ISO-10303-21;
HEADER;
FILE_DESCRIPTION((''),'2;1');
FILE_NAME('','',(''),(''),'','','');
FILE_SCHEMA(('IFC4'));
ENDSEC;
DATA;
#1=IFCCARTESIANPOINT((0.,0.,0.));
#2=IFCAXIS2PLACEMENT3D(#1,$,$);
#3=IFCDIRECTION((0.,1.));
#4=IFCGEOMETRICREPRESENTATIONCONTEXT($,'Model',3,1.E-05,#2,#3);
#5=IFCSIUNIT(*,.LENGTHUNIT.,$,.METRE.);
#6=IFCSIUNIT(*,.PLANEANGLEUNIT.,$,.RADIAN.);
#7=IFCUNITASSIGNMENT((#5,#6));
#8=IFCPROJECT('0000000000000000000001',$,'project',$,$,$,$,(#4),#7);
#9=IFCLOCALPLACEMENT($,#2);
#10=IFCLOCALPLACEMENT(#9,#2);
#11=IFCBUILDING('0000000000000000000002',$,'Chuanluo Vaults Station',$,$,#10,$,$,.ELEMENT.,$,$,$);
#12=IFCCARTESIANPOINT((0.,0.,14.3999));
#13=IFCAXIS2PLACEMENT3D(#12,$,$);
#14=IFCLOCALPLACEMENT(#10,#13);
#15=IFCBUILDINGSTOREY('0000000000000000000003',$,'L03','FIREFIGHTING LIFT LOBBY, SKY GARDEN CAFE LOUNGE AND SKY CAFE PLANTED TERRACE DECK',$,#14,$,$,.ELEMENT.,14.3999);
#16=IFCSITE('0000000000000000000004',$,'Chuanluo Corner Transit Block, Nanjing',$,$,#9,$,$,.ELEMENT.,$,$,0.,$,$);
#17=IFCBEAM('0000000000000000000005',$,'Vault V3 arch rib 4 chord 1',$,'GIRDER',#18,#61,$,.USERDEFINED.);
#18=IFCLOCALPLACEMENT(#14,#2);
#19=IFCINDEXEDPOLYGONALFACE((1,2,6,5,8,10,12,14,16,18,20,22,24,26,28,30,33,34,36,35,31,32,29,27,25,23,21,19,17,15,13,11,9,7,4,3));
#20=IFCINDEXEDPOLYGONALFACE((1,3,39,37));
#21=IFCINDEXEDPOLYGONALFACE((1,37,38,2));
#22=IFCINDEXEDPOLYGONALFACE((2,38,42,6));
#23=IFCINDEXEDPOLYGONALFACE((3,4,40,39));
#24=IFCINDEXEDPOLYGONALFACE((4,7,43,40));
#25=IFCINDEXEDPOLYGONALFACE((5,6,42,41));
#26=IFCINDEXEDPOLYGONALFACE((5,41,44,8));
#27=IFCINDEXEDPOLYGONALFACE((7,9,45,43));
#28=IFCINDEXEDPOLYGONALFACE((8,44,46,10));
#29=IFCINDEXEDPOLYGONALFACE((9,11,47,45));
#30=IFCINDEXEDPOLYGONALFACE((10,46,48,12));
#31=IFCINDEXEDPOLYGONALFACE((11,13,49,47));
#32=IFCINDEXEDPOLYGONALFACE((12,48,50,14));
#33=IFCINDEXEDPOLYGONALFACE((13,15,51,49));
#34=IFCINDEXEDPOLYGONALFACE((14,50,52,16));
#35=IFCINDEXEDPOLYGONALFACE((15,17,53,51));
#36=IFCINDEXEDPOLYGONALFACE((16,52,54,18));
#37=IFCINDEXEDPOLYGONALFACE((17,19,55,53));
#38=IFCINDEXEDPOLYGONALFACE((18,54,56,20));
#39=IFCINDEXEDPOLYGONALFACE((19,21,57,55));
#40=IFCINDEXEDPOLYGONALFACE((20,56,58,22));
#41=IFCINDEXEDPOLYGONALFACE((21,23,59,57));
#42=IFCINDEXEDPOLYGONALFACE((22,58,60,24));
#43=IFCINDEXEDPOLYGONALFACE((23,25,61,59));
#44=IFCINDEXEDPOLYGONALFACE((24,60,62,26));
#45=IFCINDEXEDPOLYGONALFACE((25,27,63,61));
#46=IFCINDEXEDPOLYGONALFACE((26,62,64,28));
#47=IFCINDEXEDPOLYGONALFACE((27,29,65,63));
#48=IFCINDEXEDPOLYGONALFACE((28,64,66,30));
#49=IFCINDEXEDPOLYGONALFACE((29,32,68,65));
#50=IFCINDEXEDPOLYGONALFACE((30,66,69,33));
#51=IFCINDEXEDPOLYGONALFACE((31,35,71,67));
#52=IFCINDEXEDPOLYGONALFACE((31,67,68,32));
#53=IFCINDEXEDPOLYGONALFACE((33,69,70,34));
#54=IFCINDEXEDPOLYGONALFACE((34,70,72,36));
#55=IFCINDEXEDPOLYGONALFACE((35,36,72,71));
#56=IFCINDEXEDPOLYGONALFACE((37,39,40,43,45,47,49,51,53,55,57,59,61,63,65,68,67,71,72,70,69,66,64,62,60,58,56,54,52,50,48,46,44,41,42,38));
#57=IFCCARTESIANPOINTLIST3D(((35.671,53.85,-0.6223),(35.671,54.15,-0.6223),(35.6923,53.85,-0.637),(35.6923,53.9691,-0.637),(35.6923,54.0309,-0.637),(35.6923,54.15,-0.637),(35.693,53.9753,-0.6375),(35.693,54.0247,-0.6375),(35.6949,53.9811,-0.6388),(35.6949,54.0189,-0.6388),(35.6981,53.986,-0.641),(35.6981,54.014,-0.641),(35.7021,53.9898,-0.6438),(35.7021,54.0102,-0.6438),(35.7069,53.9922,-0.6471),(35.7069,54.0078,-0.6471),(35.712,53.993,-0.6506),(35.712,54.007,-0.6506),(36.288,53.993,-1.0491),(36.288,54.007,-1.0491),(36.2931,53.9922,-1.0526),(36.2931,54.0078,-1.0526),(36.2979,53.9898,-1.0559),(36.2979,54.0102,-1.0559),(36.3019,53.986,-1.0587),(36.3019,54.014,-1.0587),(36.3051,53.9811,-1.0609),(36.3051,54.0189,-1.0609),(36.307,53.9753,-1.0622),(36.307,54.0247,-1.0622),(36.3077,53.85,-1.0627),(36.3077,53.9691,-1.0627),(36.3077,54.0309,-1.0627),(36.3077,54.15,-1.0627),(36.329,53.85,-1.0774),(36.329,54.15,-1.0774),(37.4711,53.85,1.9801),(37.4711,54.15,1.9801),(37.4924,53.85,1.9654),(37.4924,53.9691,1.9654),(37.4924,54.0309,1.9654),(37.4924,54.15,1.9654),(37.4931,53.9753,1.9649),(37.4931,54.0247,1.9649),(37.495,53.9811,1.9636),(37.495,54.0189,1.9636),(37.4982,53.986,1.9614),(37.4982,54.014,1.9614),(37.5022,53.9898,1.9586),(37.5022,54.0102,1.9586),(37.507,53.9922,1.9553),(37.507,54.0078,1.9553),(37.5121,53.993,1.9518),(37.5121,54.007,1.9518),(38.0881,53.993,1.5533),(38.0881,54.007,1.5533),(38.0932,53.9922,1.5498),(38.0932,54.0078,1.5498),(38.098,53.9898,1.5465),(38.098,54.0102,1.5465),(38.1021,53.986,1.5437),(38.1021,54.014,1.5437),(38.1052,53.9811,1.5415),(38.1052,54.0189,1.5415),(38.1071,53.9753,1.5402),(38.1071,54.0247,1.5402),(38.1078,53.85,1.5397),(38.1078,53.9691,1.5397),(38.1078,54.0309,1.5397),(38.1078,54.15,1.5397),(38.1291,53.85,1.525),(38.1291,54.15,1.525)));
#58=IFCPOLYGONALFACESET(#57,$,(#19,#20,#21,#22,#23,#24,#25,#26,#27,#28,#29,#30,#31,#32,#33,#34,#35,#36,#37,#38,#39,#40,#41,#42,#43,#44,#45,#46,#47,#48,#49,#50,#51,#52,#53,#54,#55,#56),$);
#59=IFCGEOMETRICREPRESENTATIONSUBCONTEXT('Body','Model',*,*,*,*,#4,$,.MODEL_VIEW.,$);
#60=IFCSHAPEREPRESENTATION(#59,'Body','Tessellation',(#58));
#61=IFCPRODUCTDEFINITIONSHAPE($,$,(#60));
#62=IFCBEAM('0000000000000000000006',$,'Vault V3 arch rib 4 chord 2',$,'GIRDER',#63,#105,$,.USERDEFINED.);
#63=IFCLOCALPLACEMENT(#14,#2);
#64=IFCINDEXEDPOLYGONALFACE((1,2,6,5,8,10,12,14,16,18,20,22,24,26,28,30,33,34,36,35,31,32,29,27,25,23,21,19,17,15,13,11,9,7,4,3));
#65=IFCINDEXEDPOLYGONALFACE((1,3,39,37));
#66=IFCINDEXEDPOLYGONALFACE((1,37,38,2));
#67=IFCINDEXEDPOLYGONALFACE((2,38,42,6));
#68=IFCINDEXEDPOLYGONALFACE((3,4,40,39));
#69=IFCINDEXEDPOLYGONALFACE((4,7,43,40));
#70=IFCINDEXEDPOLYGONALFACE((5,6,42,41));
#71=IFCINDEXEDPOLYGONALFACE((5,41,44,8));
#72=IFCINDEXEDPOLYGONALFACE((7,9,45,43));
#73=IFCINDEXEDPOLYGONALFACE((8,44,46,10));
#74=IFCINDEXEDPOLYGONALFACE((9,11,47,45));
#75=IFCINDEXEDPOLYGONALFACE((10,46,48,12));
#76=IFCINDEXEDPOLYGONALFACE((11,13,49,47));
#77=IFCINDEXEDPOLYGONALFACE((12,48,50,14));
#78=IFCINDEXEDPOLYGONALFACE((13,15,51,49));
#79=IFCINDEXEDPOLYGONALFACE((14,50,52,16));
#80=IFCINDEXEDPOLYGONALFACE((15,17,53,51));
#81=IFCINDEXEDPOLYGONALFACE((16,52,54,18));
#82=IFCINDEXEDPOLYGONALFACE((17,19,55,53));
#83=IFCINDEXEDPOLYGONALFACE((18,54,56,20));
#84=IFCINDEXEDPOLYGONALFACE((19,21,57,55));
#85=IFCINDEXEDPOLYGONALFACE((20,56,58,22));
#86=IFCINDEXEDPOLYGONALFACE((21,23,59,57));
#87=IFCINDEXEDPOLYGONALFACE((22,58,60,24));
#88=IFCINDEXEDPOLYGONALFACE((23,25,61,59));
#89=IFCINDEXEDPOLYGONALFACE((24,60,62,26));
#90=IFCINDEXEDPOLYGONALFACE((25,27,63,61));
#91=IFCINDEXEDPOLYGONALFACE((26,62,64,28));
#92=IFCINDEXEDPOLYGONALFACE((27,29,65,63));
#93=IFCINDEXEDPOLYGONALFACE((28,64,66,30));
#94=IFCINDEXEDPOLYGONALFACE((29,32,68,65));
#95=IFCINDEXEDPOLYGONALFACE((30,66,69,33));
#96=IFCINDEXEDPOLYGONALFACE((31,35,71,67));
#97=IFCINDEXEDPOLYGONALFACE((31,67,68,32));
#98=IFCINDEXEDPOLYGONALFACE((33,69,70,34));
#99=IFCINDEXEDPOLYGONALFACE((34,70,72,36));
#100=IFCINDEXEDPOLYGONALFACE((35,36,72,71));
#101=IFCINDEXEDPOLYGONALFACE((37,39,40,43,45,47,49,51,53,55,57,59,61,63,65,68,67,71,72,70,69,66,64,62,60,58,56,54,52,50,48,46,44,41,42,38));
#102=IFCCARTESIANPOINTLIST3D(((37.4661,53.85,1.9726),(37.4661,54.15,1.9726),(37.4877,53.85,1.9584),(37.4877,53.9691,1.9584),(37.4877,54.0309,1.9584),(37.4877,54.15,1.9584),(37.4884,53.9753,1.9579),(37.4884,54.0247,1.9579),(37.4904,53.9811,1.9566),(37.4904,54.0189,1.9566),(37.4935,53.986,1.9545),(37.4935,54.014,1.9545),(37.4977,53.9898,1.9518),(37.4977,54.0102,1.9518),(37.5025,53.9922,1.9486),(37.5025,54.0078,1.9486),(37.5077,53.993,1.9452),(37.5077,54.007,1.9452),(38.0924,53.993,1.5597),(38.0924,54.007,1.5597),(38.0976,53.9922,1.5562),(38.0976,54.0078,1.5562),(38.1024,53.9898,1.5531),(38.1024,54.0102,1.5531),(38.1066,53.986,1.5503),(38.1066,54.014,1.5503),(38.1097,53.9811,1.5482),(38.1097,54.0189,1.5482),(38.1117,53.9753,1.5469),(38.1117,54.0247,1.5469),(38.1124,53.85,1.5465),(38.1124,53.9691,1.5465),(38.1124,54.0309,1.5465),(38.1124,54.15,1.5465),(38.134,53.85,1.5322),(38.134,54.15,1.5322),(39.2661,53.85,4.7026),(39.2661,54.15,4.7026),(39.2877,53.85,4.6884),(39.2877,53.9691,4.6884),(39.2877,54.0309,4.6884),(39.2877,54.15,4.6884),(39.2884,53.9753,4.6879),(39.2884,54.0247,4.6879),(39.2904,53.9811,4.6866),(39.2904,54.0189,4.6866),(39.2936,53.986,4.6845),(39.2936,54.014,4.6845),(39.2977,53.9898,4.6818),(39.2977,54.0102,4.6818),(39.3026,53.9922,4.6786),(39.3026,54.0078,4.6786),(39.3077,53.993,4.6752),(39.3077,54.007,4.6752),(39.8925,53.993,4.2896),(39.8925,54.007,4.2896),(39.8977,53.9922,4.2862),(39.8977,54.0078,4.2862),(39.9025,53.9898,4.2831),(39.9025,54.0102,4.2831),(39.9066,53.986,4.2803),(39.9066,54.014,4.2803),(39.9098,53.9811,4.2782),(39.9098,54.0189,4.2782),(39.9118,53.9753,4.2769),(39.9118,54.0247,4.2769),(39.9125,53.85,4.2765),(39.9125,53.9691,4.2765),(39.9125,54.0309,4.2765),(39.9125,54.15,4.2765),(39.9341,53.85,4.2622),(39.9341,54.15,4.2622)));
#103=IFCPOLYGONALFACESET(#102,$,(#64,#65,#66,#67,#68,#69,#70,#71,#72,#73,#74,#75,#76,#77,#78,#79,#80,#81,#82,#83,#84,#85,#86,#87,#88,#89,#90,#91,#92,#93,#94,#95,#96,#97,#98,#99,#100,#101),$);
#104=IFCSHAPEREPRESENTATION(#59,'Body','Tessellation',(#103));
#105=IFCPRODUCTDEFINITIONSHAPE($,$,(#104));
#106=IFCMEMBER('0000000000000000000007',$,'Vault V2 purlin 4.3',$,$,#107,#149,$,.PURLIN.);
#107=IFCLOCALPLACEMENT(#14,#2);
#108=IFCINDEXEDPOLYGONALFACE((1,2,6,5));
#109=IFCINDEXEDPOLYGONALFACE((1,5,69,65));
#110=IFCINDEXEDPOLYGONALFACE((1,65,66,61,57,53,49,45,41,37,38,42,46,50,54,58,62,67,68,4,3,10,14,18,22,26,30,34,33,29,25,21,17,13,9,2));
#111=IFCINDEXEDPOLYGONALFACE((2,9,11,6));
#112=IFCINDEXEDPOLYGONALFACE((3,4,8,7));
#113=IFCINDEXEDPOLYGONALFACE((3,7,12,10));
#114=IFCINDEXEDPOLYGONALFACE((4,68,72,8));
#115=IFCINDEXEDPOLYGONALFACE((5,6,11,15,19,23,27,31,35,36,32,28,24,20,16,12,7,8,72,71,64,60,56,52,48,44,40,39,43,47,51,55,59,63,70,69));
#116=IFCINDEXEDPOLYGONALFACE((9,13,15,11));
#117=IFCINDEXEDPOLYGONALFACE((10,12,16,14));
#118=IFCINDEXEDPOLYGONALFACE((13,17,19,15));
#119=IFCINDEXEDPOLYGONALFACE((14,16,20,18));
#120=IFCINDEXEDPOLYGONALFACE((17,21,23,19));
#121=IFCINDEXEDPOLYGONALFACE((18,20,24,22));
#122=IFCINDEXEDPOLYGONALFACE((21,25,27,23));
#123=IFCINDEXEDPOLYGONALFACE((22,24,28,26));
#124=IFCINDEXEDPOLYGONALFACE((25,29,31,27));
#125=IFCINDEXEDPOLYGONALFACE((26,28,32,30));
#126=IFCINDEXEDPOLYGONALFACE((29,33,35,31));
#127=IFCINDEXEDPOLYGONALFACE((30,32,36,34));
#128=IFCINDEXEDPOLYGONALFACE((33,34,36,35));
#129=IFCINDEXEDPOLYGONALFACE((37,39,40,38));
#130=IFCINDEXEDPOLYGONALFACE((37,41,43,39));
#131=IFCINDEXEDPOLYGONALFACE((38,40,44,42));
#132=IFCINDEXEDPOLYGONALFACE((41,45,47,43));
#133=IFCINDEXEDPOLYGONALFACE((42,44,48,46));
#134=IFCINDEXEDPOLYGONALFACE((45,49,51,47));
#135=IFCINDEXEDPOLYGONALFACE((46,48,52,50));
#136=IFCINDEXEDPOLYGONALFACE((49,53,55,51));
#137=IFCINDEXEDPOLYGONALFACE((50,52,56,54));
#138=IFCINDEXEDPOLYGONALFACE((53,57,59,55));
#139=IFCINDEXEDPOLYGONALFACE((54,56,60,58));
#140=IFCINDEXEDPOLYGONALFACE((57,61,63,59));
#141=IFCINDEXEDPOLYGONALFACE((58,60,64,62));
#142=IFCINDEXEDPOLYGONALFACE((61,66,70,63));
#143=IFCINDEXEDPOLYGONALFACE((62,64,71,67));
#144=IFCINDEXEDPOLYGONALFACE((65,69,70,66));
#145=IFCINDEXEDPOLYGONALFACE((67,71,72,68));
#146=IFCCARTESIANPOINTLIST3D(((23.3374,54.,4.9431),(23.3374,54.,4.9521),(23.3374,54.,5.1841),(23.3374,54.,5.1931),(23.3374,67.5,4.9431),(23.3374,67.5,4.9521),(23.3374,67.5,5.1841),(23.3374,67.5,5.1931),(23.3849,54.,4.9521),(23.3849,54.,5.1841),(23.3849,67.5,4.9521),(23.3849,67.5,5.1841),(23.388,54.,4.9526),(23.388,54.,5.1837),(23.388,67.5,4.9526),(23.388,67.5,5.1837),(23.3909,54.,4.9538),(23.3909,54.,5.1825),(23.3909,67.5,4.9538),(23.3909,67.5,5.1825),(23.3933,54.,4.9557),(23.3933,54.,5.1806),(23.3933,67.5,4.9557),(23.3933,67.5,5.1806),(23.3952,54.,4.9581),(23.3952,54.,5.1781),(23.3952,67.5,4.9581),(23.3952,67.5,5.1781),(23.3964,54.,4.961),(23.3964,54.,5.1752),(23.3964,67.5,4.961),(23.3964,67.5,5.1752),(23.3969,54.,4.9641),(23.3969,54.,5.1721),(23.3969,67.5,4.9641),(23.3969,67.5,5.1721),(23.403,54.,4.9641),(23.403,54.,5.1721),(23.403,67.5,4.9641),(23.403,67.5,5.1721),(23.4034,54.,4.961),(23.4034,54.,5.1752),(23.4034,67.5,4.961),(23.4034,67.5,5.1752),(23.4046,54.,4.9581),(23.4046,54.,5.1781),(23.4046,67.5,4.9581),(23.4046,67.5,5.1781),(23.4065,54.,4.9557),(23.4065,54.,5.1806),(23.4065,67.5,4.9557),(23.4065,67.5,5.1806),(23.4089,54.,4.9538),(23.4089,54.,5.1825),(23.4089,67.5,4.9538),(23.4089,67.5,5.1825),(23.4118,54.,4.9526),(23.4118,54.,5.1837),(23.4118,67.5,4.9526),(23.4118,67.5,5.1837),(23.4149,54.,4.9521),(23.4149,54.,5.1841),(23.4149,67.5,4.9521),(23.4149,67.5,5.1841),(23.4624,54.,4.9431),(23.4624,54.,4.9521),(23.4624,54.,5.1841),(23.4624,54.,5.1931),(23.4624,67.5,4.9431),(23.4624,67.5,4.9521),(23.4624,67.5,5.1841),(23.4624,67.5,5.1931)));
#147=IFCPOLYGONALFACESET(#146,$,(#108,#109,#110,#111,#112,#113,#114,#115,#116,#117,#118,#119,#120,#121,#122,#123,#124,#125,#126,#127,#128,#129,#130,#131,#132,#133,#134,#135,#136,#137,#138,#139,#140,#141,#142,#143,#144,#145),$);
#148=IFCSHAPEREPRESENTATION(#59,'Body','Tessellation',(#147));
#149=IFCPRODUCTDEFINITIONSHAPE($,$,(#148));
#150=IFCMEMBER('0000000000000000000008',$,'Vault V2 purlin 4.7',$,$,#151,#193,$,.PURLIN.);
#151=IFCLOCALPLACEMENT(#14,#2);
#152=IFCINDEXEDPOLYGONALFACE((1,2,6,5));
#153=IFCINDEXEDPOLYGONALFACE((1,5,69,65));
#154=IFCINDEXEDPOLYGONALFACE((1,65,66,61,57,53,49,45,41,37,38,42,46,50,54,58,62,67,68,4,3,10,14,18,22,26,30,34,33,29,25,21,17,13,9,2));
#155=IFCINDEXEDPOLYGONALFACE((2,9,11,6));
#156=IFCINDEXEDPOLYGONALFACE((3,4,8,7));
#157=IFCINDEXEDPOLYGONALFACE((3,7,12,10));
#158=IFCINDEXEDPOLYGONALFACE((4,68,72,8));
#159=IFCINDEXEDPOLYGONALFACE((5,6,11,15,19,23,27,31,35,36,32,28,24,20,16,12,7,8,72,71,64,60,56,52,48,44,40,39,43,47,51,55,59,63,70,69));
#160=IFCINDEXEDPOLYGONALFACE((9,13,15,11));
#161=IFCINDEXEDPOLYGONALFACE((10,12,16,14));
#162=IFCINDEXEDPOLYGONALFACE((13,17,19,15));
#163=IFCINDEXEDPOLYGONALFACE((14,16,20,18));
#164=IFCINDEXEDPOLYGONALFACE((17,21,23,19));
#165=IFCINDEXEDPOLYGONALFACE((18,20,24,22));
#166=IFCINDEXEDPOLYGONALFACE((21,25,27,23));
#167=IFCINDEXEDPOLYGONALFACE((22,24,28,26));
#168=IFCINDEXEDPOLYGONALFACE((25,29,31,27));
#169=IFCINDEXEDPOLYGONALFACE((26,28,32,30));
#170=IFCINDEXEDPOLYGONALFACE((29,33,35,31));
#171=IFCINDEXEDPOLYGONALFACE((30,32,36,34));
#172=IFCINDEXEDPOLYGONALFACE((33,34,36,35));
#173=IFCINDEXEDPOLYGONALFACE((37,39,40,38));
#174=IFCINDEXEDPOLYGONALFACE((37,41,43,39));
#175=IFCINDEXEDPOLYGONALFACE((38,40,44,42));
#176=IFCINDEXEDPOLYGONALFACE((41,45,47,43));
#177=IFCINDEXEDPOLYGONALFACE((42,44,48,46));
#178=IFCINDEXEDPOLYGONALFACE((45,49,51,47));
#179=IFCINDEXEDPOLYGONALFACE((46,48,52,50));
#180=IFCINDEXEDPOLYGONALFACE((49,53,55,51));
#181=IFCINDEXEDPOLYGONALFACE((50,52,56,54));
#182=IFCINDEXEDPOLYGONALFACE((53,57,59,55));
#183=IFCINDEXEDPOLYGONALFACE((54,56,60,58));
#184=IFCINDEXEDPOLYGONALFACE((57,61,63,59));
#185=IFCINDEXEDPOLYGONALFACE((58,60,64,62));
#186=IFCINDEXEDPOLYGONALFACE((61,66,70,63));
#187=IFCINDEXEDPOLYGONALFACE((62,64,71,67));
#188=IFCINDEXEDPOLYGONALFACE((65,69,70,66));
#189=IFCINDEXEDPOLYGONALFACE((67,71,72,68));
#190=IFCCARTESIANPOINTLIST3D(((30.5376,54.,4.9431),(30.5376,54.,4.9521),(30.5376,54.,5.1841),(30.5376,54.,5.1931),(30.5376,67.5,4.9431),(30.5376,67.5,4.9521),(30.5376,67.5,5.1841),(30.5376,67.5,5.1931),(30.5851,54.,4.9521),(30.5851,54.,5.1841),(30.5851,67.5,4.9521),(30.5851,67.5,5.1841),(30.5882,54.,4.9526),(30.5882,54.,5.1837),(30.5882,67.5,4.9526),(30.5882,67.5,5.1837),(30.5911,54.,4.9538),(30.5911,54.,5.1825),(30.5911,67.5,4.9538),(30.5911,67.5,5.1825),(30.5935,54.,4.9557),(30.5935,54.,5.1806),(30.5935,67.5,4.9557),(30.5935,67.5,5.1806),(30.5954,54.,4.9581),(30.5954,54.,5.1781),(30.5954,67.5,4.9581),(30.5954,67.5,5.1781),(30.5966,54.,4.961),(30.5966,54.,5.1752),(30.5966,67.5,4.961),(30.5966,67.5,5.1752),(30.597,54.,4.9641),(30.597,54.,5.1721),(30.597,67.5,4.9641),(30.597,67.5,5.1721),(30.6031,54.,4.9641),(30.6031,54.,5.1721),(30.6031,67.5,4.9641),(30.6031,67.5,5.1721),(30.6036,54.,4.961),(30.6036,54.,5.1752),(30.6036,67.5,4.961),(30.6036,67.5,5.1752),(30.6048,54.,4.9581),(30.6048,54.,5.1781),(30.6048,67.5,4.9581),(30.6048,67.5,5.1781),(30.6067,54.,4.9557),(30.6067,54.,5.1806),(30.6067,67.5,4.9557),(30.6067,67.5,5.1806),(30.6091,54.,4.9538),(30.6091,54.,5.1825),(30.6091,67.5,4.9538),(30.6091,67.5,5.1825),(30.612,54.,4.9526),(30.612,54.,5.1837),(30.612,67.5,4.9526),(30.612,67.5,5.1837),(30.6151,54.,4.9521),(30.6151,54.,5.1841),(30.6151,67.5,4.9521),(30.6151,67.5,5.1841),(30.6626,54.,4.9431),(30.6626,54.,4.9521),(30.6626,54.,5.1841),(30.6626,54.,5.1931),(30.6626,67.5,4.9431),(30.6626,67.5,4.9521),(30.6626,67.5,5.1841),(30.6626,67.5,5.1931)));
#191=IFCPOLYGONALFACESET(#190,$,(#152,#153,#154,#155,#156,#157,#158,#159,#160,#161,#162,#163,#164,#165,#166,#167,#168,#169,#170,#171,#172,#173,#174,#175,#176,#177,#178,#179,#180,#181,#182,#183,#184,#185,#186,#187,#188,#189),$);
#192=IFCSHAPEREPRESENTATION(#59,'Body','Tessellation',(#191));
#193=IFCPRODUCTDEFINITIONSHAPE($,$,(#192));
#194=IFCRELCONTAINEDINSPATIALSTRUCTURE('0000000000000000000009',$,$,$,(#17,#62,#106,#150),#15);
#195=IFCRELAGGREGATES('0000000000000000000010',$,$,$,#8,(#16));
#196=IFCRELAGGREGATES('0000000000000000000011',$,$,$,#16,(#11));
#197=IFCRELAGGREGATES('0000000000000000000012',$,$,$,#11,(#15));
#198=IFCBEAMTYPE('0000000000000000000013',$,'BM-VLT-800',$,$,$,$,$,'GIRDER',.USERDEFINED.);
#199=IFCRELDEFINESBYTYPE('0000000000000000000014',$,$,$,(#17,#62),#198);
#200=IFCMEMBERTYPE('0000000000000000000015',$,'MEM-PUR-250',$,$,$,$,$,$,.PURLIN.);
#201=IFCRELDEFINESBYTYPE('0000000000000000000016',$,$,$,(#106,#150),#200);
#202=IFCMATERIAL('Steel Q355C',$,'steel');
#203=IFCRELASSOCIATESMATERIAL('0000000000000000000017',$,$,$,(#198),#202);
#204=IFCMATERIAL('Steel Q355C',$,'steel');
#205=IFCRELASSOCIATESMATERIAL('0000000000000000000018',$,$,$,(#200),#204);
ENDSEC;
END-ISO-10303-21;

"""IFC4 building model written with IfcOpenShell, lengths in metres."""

from ifc_helpers import new_model, si_unit, direction, frame, origin, origin_2d, place, context, subcontext, project, spatial, i_section, extrude, material, material_profile, profile_set, type_object, element, save


model = new_model("IFC4")

# Units and contexts
model_context = context("Model", 3, precision=1e-05, world=origin(), true_north=direction((0.0, 1.0)))
body_context = subcontext(model_context, "Body", "Model", "MODEL_VIEW")
ifc_project = project(units=[si_unit("LENGTHUNIT", "METRE"), si_unit("PLANEANGLEUNIT", "RADIAN")], contexts=[model_context])

# Site, building, storey
site_placement = place(None, origin())
site = spatial("IfcSite", under=ifc_project, at=site_placement, Name="Chuanluo Corner Transit Block, Nanjing", CompositionType="ELEMENT", RefElevation=0.0)
building_placement = place(site_placement, origin())
building = spatial("IfcBuilding", under=site, at=building_placement, Name="Chuanluo Vaults Station", CompositionType="ELEMENT")
storey_placement = place(building_placement, frame((0.0, 0.0, 14.3999)))
storey = spatial("IfcBuildingStorey", under=building, at=storey_placement, Name="L03", Description="FIREFIGHTING LIFT LOBBY, SKY GARDEN CAFE LOUNGE AND SKY CAFE PLANTED TERRACE DECK", CompositionType="ELEMENT", Elevation=14.3999)

# Beams
ifc_material_1 = material(Name="Steel Q355C", Category="steel")
ifc_material_profile_1 = material_profile(ifc_material_1, i_section(OverallWidth=0.3, OverallDepth=0.8, WebThickness=0.0139, FlangeThickness=0.0259, FilletRadius=0.0239, at=origin_2d()))
ifc_profile_set_1 = profile_set([ifc_material_profile_1], Name="Steel Q355C")
beam_type_1 = type_object("IfcBeamType", Name="BM-VLT-800", ElementType="GIRDER", PredefinedType="USERDEFINED", material=ifc_profile_set_1)
beam_1_placement = place(storey_placement, frame((36.0, 54.0, -0.8499), z_axis=(0.568881, 0.0, 0.82242), x_axis=(0.0, 1.0, 0.0)))
element("IfcBeam", 1, at=beam_1_placement, inside=storey, type_object=beam_type_1, Name="Vault V3 arch rib 4 chord 1", ObjectType="GIRDER", PredefinedType="USERDEFINED", context=body_context, shape_type="SweptSolid", body=[
    extrude(i_section(OverallWidth=0.3, OverallDepth=0.8, WebThickness=0.0139, FlangeThickness=0.0259, FilletRadius=0.0239, at=origin_2d()), origin(), (0.0, 0.0, 1.0), 3.1643),
])
beam_2_placement = place(storey_placement, frame((37.8, 54.0, 1.7524), z_axis=(0.550472, 0.0, 0.834854), x_axis=(0.0, 1.0, 0.0)))
element("IfcBeam", 2, at=beam_2_placement, inside=storey, type_object=beam_type_1, Name="Vault V3 arch rib 4 chord 2", ObjectType="GIRDER", PredefinedType="USERDEFINED", context=body_context, shape_type="SweptSolid", body=[
    extrude(i_section(OverallWidth=0.3, OverallDepth=0.8, WebThickness=0.0139, FlangeThickness=0.0259, FilletRadius=0.0239, at=origin_2d()), origin(), (0.0, 0.0, 1.0), 3.27),
])

# Members
ifc_material_2 = material(Name="Steel Q355C", Category="steel")
ifc_material_profile_2 = material_profile(ifc_material_2, i_section(OverallWidth=0.125, OverallDepth=0.25, WebThickness=0.0061, FlangeThickness=0.009, FilletRadius=0.012, at=origin_2d()))
ifc_profile_set_2 = profile_set([ifc_material_profile_2], Name="Steel Q355C")
member_type_1 = type_object("IfcMemberType", Name="MEM-PUR-250", PredefinedType="PURLIN", material=ifc_profile_set_2)
for number, where, z_axis, x_axis, name in (
    (3, (23.3999, 54.0, 5.0681), (0.0, 1.0, 0.0), (-1.0, 0.0, 0.0), "Vault V2 purlin 4.3"),
    (4, (30.6001, 54.0, 5.0681), (0.0, 1.0, 0.0), (-1.0, 0.0, 0.0), "Vault V2 purlin 4.7"),
):
    element("IfcMember", number, at=place(storey_placement, frame(where, z_axis=z_axis, x_axis=x_axis)), inside=storey, type_object=member_type_1, Name=name, PredefinedType="PURLIN", context=body_context, shape_type="SweptSolid", body=[
        extrude(i_section(OverallWidth=0.125, OverallDepth=0.25, WebThickness=0.0061, FlangeThickness=0.009, FilletRadius=0.012, at=origin_2d()), origin(), (0.0, 0.0, 1.0), 13.5),
    ])

save(model, "model.ifc")
